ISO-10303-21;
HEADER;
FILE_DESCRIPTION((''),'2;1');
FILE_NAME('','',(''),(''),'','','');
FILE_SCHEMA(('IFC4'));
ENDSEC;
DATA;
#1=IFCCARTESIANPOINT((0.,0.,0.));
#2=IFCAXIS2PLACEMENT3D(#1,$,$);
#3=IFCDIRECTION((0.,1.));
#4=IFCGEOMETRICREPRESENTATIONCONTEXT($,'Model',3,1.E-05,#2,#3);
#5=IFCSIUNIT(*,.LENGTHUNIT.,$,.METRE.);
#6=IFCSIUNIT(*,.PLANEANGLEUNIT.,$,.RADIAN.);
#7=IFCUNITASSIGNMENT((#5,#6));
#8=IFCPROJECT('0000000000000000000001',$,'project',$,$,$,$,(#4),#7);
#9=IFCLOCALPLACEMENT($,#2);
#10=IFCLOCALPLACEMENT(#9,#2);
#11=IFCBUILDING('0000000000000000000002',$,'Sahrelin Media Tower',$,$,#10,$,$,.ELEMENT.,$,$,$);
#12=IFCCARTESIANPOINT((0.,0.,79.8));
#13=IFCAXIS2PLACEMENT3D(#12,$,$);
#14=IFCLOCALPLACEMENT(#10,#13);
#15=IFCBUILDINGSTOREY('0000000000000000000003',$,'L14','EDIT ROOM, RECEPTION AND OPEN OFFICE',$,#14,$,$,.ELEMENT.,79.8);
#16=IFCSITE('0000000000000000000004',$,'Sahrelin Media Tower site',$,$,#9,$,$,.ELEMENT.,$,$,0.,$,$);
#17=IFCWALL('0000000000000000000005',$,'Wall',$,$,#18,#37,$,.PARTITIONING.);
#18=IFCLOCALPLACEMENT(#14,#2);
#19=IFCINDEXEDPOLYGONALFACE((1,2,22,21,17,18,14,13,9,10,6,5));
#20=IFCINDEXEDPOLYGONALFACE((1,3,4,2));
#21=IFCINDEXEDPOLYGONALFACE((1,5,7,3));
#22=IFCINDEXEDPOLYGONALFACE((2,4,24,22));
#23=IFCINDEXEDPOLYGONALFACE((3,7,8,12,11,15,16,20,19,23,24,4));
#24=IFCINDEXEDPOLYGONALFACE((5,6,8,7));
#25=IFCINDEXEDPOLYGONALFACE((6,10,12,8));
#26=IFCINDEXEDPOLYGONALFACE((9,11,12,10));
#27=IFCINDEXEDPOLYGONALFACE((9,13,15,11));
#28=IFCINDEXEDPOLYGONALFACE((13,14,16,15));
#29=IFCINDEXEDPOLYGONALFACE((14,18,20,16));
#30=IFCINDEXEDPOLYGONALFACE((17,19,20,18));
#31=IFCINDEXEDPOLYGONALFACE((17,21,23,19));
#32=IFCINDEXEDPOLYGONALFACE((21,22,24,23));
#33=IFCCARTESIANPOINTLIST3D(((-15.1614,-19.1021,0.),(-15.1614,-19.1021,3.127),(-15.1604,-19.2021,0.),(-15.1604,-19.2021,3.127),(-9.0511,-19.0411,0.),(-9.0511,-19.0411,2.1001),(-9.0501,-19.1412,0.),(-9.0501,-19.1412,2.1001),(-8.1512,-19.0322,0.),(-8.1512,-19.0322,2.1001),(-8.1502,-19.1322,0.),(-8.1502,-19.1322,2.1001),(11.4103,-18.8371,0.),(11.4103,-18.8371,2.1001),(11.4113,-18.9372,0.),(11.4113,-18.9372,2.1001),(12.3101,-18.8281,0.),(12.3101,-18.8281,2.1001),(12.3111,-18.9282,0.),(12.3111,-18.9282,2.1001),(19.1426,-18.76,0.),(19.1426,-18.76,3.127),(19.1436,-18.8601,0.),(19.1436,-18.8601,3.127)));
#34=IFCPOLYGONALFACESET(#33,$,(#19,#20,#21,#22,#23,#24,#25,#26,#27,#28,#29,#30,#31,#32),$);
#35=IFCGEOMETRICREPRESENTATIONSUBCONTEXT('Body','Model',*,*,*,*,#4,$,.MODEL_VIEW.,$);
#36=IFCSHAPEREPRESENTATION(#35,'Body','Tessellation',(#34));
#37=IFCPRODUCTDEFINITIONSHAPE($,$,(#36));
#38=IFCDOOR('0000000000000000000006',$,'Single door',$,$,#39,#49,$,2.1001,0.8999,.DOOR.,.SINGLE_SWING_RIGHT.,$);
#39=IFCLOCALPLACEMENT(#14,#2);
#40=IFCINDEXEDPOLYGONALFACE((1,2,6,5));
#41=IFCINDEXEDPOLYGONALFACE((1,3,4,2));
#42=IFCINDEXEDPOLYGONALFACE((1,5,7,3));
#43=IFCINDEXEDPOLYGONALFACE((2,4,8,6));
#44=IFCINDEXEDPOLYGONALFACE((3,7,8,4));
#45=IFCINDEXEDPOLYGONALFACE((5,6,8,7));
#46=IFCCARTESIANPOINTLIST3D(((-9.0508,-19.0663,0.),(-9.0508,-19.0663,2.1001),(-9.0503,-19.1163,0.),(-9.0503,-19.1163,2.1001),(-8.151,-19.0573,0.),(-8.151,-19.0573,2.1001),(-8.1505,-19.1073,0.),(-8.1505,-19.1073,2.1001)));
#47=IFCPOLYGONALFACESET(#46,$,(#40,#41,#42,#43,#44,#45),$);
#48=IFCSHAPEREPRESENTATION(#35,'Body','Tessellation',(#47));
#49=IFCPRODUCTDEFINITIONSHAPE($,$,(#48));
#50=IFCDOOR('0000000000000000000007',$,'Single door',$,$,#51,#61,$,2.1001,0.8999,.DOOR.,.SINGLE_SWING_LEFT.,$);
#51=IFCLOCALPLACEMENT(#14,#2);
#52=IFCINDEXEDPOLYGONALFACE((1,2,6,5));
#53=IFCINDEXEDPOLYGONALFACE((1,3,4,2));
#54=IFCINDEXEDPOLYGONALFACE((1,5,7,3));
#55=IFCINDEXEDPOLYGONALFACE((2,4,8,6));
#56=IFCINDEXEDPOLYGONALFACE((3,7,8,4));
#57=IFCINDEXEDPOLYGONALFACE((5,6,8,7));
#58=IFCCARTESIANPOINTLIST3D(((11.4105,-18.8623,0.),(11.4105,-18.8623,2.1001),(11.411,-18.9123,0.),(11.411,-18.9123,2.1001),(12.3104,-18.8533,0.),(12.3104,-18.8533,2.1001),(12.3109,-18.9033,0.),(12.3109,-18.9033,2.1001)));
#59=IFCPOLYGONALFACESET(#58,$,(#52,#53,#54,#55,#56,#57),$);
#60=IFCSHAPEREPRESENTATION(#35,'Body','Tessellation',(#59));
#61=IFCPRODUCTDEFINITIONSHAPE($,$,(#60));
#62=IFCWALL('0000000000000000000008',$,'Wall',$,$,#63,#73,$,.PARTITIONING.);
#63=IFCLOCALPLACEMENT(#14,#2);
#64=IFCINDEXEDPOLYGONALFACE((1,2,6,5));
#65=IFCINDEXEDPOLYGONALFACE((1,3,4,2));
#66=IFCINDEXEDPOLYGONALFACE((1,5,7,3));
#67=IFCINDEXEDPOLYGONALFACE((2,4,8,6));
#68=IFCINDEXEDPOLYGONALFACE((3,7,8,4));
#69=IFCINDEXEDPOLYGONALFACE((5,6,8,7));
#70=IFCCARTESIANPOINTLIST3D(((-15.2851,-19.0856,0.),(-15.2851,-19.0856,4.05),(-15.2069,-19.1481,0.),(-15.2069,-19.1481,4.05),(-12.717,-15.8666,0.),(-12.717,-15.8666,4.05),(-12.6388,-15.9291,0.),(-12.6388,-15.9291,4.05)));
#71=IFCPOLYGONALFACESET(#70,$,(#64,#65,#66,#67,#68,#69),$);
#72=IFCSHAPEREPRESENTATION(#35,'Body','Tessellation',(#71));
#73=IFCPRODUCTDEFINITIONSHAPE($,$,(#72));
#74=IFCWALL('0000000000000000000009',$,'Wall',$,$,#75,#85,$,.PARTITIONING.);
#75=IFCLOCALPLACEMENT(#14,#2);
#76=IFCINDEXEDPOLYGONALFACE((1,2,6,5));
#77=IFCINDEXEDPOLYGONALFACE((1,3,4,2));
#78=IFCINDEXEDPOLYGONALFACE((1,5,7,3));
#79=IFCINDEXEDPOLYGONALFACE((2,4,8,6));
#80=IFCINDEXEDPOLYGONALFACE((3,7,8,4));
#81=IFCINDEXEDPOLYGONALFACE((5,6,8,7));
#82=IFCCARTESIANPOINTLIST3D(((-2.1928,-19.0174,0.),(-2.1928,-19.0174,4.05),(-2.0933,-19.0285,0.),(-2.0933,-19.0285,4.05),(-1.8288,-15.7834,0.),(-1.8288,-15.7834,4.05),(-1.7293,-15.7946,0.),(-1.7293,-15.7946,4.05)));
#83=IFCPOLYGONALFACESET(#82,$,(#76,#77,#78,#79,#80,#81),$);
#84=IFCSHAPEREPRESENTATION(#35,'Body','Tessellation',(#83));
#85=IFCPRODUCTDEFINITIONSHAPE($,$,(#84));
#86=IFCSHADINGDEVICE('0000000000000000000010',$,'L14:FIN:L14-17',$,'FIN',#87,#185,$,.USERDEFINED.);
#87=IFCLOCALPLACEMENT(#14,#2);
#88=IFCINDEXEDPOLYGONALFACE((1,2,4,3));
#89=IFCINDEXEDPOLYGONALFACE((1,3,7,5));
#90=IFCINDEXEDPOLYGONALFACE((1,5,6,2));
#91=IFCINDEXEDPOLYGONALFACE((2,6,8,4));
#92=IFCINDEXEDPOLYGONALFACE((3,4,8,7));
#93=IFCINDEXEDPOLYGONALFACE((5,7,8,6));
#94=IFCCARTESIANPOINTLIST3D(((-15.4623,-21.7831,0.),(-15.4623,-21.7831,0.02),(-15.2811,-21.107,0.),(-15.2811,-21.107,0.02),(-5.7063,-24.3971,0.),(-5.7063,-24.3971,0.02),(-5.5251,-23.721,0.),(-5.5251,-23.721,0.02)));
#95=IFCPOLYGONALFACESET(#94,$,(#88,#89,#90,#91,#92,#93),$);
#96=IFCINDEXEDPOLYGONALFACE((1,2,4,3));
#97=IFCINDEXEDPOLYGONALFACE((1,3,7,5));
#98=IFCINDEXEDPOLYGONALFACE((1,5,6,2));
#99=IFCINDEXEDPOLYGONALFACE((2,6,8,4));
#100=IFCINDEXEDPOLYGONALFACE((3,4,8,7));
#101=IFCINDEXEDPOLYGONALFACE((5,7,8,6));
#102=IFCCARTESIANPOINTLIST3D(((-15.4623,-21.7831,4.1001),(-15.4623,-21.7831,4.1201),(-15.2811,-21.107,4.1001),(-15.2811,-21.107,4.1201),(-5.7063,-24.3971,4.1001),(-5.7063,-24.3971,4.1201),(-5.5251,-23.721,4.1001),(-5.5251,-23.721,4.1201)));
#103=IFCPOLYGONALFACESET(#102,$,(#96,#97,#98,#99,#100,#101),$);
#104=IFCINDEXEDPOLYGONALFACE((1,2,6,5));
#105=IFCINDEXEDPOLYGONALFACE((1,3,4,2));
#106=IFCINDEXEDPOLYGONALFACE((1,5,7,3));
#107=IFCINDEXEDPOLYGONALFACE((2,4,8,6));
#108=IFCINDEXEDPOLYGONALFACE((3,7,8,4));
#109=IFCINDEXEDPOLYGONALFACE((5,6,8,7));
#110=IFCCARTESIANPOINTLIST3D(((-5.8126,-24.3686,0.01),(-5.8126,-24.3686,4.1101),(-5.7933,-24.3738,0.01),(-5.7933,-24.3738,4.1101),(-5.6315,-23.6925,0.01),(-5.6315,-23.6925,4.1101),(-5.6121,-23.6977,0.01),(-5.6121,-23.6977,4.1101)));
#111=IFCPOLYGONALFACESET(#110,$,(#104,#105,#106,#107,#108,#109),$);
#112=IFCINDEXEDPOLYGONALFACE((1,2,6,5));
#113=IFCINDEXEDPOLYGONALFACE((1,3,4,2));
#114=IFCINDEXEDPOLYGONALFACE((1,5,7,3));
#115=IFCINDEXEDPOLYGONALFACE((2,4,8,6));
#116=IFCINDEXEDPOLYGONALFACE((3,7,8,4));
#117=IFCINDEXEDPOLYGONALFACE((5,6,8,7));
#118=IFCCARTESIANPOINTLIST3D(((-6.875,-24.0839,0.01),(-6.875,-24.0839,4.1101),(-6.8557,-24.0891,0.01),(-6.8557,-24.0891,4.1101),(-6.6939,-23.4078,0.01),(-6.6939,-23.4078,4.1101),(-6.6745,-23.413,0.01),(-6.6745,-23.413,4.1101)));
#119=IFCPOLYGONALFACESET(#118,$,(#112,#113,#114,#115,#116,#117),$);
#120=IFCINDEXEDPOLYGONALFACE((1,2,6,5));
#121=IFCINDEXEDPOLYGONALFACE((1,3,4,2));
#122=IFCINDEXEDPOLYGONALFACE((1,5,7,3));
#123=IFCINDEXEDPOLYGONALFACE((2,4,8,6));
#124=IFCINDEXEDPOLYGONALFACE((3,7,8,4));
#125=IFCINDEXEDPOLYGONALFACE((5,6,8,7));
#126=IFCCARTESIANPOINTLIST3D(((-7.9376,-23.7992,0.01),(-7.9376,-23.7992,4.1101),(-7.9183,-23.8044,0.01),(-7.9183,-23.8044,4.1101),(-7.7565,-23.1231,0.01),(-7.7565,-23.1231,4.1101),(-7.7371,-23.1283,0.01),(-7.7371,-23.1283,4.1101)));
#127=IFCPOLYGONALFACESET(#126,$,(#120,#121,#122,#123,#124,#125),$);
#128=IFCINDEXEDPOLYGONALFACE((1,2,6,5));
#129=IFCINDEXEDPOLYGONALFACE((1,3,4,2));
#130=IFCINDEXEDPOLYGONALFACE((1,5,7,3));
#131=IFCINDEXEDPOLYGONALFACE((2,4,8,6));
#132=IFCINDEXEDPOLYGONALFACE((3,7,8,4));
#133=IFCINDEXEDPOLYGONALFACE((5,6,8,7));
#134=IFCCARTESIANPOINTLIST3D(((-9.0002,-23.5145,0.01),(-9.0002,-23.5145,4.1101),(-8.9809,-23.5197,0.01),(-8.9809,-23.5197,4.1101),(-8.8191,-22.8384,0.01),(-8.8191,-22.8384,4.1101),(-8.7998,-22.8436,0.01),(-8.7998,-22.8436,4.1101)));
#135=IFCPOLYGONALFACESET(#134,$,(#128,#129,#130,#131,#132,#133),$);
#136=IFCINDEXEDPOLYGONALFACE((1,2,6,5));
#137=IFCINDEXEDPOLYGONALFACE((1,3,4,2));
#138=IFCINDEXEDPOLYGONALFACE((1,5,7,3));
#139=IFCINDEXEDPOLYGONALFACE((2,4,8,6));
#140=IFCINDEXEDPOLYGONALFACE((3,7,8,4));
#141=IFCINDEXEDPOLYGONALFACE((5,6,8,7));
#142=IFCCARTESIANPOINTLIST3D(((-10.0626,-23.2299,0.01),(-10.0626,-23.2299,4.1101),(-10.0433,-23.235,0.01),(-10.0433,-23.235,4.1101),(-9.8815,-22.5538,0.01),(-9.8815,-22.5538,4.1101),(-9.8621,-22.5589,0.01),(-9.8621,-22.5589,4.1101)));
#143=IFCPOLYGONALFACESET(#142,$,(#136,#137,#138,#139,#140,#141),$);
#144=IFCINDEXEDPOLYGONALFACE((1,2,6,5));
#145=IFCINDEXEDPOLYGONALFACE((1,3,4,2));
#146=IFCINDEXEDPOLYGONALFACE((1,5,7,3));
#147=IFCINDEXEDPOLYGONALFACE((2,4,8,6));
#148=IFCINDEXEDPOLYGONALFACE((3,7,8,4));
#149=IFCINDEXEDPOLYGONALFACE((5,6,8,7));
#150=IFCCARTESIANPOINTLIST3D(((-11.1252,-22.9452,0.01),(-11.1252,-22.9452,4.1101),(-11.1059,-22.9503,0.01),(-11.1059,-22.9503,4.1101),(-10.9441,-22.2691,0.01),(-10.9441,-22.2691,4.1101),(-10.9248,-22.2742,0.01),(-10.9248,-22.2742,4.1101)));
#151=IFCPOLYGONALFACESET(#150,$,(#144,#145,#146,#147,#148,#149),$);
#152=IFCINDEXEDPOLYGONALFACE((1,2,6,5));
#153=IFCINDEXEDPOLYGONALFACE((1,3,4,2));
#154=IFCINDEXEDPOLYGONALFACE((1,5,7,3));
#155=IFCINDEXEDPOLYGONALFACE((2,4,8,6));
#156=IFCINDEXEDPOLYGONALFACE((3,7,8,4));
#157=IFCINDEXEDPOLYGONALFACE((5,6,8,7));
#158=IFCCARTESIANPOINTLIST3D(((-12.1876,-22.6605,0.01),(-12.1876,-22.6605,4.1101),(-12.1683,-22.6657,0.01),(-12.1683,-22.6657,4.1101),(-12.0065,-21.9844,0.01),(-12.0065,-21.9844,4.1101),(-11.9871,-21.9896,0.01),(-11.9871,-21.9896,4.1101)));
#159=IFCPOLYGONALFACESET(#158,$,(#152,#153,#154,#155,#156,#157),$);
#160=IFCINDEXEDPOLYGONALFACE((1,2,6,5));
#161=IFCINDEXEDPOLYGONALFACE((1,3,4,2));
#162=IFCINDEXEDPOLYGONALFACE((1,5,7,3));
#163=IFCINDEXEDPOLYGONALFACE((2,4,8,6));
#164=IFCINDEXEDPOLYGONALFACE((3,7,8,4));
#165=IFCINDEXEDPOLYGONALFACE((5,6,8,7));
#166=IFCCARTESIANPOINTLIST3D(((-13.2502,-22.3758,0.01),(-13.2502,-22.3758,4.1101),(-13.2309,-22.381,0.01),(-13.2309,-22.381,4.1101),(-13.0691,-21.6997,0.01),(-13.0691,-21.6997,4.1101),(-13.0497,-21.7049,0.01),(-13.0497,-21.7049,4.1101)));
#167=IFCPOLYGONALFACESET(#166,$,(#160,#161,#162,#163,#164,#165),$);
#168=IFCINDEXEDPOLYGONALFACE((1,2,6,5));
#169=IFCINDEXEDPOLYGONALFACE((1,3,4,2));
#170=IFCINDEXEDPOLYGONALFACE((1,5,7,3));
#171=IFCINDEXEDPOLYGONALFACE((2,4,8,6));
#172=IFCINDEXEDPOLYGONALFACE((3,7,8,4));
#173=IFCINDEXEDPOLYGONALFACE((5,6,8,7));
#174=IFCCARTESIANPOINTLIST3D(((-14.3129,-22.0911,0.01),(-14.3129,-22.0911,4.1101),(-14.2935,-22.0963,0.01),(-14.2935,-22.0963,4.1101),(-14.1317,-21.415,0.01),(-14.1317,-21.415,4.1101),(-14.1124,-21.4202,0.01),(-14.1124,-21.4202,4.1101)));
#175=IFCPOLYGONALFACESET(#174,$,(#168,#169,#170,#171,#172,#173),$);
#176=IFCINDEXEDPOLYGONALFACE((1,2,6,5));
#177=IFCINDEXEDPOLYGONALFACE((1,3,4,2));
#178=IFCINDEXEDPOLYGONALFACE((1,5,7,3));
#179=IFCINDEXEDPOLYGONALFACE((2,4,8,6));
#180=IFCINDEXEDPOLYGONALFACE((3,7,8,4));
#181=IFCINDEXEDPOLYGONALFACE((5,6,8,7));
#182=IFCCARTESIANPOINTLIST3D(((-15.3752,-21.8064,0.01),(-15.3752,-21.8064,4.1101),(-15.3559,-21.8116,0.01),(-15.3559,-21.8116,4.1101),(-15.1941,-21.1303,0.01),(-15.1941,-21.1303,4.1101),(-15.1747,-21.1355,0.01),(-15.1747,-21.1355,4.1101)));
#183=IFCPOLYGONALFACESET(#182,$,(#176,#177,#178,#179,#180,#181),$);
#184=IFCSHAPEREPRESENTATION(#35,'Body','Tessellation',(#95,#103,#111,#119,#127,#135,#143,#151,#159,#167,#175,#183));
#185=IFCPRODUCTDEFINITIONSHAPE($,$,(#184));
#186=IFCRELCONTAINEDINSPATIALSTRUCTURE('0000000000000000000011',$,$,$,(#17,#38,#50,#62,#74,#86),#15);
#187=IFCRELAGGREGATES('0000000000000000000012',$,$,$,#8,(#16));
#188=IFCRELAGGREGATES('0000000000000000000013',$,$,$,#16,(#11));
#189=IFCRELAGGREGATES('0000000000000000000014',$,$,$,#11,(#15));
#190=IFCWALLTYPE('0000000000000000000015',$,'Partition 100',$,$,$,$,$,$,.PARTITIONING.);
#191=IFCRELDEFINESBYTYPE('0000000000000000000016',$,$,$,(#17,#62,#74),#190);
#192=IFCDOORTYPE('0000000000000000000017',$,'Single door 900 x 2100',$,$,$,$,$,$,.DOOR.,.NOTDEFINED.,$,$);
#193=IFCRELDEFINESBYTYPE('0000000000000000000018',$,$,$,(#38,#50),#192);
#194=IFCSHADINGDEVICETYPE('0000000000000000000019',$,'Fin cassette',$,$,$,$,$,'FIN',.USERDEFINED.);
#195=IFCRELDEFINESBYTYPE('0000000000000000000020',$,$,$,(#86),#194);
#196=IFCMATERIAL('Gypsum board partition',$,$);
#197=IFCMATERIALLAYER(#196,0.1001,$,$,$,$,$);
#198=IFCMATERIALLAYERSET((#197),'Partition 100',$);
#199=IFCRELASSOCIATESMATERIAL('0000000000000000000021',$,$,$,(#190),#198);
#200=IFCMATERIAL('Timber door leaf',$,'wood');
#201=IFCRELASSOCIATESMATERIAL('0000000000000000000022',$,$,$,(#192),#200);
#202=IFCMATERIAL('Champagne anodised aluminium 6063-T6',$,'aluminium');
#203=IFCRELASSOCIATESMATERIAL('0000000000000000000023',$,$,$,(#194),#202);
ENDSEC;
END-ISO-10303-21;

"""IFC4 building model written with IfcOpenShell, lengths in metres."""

from ifc_helpers import new_model, si_unit, direction, frame, frame_2d, origin, origin_2d, place, context, subcontext, project, spatial, rectangle, extrude, material, layer, layer_set, type_object, element, fill, save


model = new_model("IFC4")

# Units and contexts
model_context = context("Model", 3, precision=1e-05, world=origin(), true_north=direction((0.0, 1.0)))
body_context = subcontext(model_context, "Body", "Model", "MODEL_VIEW")
ifc_project = project(units=[si_unit("LENGTHUNIT", "METRE"), si_unit("PLANEANGLEUNIT", "RADIAN")], contexts=[model_context])

# Site, building, storey
site_placement = place(None, origin())
site = spatial("IfcSite", under=ifc_project, at=site_placement, Name="Sahrelin Media Tower site", CompositionType="ELEMENT", RefElevation=0.0)
building_placement = place(site_placement, origin())
building = spatial("IfcBuilding", under=site, at=building_placement, Name="Sahrelin Media Tower", CompositionType="ELEMENT")
storey_placement = place(building_placement, frame((0.0, 0.0, 79.8)))
storey = spatial("IfcBuildingStorey", under=building, at=storey_placement, Name="L14", Description="EDIT ROOM, RECEPTION AND OPEN OFFICE", CompositionType="ELEMENT", Elevation=79.8)

# Shared definitions
ifc_material_1 = material(Name="Champagne anodised aluminium 6063-T6", Category="aluminium")

# Wall, openings, doors
ifc_material_2 = material(Name="Gypsum board partition")
ifc_layer_1 = layer(ifc_material_2, 0.1001)
ifc_layer_set_1 = layer_set([ifc_layer_1], Name="Partition 100")
wall_type_1 = type_object("IfcWallType", Name="Partition 100", PredefinedType="PARTITIONING", material=ifc_layer_set_1)
wall_1_placement = place(storey_placement, frame((-15.1609, -19.1521, 0.0), z_axis=(0.0, 0.0, 1.0), x_axis=(0.99995, 0.00997, 0.0)))
wall_1 = element("IfcWall", 1, at=wall_1_placement, inside=storey, type_object=wall_type_1, Name="Wall", PredefinedType="PARTITIONING", context=body_context, shape_type="SweptSolid", body=[
    extrude(rectangle(XDim=34.3057, YDim=0.1001, at=frame_2d((17.1528, 0.0))), origin(), (0.0, 0.0, 1.0), 3.127),
])
opening_1_placement = place(wall_1_placement, frame((6.1106, 0.0, 0.0)))
opening_1 = element("IfcOpeningElement", 2, at=opening_1_placement, cuts=wall_1, PredefinedType="OPENING", context=body_context, shape_type="SweptSolid", body=[
    extrude(rectangle(XDim=0.8999, YDim=2.1001, at=frame_2d((0.45, 1.05))), frame((0.0, 0.05, 0.0), z_axis=(0.0, -1.0, 0.0), x_axis=(1.0, 0.0, 0.0)), (0.0, 0.0, 1.0), 0.1001),
])
opening_2_placement = place(wall_1_placement, frame((26.573, 0.0, 0.0)))
opening_2 = element("IfcOpeningElement", 3, at=opening_2_placement, cuts=wall_1, PredefinedType="OPENING", context=body_context, shape_type="SweptSolid", body=[
    extrude(rectangle(XDim=0.8999, YDim=2.1001, at=frame_2d((0.45, 1.05))), frame((0.0, 0.05, 0.0), z_axis=(0.0, -1.0, 0.0), x_axis=(1.0, 0.0, 0.0)), (0.0, 0.0, 1.0), 0.1001),
])
ifc_material_3 = material(Name="Timber door leaf", Category="wood")
door_type_1 = type_object("IfcDoorType", Name="Single door 900 x 2100", OperationType="NOTDEFINED", PredefinedType="DOOR", material=ifc_material_3)
door_1_placement = place(opening_1_placement, origin())
door_1 = element("IfcDoor", 4, at=door_1_placement, inside=storey, type_object=door_type_1, Name="Single door", OperationType="SINGLE_SWING_RIGHT", OverallHeight=2.1001, OverallWidth=0.8999, PredefinedType="DOOR", context=body_context, shape_type="SweptSolid", body=[
    extrude(rectangle(XDim=0.8999, YDim=2.1001, at=frame_2d((0.45, 1.05))), frame((0.0, 0.0249, 0.0), z_axis=(0.0, -1.0, 0.0), x_axis=(1.0, 0.0, 0.0)), (0.0, 0.0, 1.0), 0.05),
])
fill(opening_1, door_1)
door_2_placement = place(opening_2_placement, origin())
door_2 = element("IfcDoor", 5, at=door_2_placement, inside=storey, type_object=door_type_1, Name="Single door", OperationType="SINGLE_SWING_LEFT", OverallHeight=2.1001, OverallWidth=0.8999, PredefinedType="DOOR", context=body_context, shape_type="SweptSolid", body=[
    extrude(rectangle(XDim=0.8999, YDim=2.1001, at=frame_2d((0.45, 1.05))), frame((0.0, 0.0249, 0.0), z_axis=(0.0, -1.0, 0.0), x_axis=(1.0, 0.0, 0.0)), (0.0, 0.0, 1.0), 0.05),
])
fill(opening_2, door_2)

# Walls
wall_2_placement = place(storey_placement, frame((-15.2461, -19.1169, 0.0), z_axis=(0.0, 0.0, 1.0), x_axis=(0.623646, 0.781707, 0.0)))
element("IfcWall", 6, at=wall_2_placement, inside=storey, type_object=wall_type_1, Name="Wall", PredefinedType="PARTITIONING", context=body_context, shape_type="SweptSolid", body=[
    extrude(rectangle(XDim=4.1179, YDim=0.1001, at=frame_2d((2.0591, 0.0))), origin(), (0.0, 0.0, 1.0), 4.05),
])
wall_3_placement = place(storey_placement, frame((-2.1431, -19.0229, 0.0), z_axis=(0.0, 0.0, 1.0), x_axis=(0.111856, 0.993724, 0.0)))
element("IfcWall", 7, at=wall_3_placement, inside=storey, type_object=wall_type_1, Name="Wall", PredefinedType="PARTITIONING", context=body_context, shape_type="SweptSolid", body=[
    extrude(rectangle(XDim=3.2544, YDim=0.1001, at=frame_2d((1.6272, 0.0))), origin(), (0.0, 0.0, 1.0), 4.05),
])

# Shading device
shading_device_type_1 = type_object("IfcShadingDeviceType", Name="Fin cassette", ElementType="FIN", PredefinedType="USERDEFINED", material=ifc_material_1)
placement = place(storey_placement, frame((-10.385, -22.3464, 0.0), z_axis=(0.0, 0.0, 1.0), x_axis=(-0.965929, 0.258808, 0.0)))
element("IfcShadingDevice", 8, at=placement, inside=storey, type_object=shading_device_type_1, Name="L14:FIN:L14-17", ObjectType="FIN", PredefinedType="USERDEFINED", context=body_context, shape_type="SweptSolid", body=[
    extrude(rectangle(XDim=10.1001, YDim=0.7, at=origin_2d()), frame((0.0, 0.4199, 0.0)), (0.0, 0.0, 1.0), 0.02),
    extrude(rectangle(XDim=10.1001, YDim=0.7, at=origin_2d()), frame((0.0, 0.4199, 4.1001)), (0.0, 0.0, 1.0), 0.02),
    extrude(rectangle(XDim=0.02, YDim=0.7, at=origin_2d()), frame((-4.95, 0.4199, 0.01), z_axis=(0.0, 0.0, 1.0), x_axis=(1.0, 0.0, 0.0)), (0.0, 0.0, 1.0), 4.1001),
    extrude(rectangle(XDim=0.02, YDim=0.7, at=origin_2d()), frame((-3.8501, 0.4199, 0.01), z_axis=(0.0, 0.0, 1.0), x_axis=(1.0, 0.0, 0.0)), (0.0, 0.0, 1.0), 4.1001),
    extrude(rectangle(XDim=0.02, YDim=0.7, at=origin_2d()), frame((-2.75, 0.4199, 0.01), z_axis=(0.0, 0.0, 1.0), x_axis=(1.0, 0.0, 0.0)), (0.0, 0.0, 1.0), 4.1001),
    extrude(rectangle(XDim=0.02, YDim=0.7, at=origin_2d()), frame((-1.6499, 0.4199, 0.01), z_axis=(0.0, 0.0, 1.0), x_axis=(1.0, 0.0, 0.0)), (0.0, 0.0, 1.0), 4.1001),
    extrude(rectangle(XDim=0.02, YDim=0.7, at=origin_2d()), frame((-0.55, 0.4199, 0.01), z_axis=(0.0, 0.0, 1.0), x_axis=(1.0, 0.0, 0.0)), (0.0, 0.0, 1.0), 4.1001),
    extrude(rectangle(XDim=0.02, YDim=0.7, at=origin_2d()), frame((0.55, 0.4199, 0.01), z_axis=(0.0, 0.0, 1.0), x_axis=(1.0, 0.0, 0.0)), (0.0, 0.0, 1.0), 4.1001),
    extrude(rectangle(XDim=0.02, YDim=0.7, at=origin_2d()), frame((1.6499, 0.4199, 0.01), z_axis=(0.0, 0.0, 1.0), x_axis=(1.0, 0.0, 0.0)), (0.0, 0.0, 1.0), 4.1001),
    extrude(rectangle(XDim=0.02, YDim=0.7, at=origin_2d()), frame((2.75, 0.4199, 0.01), z_axis=(0.0, 0.0, 1.0), x_axis=(1.0, 0.0, 0.0)), (0.0, 0.0, 1.0), 4.1001),
    extrude(rectangle(XDim=0.02, YDim=0.7, at=origin_2d()), frame((3.8501, 0.4199, 0.01), z_axis=(0.0, 0.0, 1.0), x_axis=(1.0, 0.0, 0.0)), (0.0, 0.0, 1.0), 4.1001),
    extrude(rectangle(XDim=0.02, YDim=0.7, at=origin_2d()), frame((4.95, 0.4199, 0.01), z_axis=(0.0, 0.0, 1.0), x_axis=(1.0, 0.0, 0.0)), (0.0, 0.0, 1.0), 4.1001),
])

save(model, "model.ifc")
